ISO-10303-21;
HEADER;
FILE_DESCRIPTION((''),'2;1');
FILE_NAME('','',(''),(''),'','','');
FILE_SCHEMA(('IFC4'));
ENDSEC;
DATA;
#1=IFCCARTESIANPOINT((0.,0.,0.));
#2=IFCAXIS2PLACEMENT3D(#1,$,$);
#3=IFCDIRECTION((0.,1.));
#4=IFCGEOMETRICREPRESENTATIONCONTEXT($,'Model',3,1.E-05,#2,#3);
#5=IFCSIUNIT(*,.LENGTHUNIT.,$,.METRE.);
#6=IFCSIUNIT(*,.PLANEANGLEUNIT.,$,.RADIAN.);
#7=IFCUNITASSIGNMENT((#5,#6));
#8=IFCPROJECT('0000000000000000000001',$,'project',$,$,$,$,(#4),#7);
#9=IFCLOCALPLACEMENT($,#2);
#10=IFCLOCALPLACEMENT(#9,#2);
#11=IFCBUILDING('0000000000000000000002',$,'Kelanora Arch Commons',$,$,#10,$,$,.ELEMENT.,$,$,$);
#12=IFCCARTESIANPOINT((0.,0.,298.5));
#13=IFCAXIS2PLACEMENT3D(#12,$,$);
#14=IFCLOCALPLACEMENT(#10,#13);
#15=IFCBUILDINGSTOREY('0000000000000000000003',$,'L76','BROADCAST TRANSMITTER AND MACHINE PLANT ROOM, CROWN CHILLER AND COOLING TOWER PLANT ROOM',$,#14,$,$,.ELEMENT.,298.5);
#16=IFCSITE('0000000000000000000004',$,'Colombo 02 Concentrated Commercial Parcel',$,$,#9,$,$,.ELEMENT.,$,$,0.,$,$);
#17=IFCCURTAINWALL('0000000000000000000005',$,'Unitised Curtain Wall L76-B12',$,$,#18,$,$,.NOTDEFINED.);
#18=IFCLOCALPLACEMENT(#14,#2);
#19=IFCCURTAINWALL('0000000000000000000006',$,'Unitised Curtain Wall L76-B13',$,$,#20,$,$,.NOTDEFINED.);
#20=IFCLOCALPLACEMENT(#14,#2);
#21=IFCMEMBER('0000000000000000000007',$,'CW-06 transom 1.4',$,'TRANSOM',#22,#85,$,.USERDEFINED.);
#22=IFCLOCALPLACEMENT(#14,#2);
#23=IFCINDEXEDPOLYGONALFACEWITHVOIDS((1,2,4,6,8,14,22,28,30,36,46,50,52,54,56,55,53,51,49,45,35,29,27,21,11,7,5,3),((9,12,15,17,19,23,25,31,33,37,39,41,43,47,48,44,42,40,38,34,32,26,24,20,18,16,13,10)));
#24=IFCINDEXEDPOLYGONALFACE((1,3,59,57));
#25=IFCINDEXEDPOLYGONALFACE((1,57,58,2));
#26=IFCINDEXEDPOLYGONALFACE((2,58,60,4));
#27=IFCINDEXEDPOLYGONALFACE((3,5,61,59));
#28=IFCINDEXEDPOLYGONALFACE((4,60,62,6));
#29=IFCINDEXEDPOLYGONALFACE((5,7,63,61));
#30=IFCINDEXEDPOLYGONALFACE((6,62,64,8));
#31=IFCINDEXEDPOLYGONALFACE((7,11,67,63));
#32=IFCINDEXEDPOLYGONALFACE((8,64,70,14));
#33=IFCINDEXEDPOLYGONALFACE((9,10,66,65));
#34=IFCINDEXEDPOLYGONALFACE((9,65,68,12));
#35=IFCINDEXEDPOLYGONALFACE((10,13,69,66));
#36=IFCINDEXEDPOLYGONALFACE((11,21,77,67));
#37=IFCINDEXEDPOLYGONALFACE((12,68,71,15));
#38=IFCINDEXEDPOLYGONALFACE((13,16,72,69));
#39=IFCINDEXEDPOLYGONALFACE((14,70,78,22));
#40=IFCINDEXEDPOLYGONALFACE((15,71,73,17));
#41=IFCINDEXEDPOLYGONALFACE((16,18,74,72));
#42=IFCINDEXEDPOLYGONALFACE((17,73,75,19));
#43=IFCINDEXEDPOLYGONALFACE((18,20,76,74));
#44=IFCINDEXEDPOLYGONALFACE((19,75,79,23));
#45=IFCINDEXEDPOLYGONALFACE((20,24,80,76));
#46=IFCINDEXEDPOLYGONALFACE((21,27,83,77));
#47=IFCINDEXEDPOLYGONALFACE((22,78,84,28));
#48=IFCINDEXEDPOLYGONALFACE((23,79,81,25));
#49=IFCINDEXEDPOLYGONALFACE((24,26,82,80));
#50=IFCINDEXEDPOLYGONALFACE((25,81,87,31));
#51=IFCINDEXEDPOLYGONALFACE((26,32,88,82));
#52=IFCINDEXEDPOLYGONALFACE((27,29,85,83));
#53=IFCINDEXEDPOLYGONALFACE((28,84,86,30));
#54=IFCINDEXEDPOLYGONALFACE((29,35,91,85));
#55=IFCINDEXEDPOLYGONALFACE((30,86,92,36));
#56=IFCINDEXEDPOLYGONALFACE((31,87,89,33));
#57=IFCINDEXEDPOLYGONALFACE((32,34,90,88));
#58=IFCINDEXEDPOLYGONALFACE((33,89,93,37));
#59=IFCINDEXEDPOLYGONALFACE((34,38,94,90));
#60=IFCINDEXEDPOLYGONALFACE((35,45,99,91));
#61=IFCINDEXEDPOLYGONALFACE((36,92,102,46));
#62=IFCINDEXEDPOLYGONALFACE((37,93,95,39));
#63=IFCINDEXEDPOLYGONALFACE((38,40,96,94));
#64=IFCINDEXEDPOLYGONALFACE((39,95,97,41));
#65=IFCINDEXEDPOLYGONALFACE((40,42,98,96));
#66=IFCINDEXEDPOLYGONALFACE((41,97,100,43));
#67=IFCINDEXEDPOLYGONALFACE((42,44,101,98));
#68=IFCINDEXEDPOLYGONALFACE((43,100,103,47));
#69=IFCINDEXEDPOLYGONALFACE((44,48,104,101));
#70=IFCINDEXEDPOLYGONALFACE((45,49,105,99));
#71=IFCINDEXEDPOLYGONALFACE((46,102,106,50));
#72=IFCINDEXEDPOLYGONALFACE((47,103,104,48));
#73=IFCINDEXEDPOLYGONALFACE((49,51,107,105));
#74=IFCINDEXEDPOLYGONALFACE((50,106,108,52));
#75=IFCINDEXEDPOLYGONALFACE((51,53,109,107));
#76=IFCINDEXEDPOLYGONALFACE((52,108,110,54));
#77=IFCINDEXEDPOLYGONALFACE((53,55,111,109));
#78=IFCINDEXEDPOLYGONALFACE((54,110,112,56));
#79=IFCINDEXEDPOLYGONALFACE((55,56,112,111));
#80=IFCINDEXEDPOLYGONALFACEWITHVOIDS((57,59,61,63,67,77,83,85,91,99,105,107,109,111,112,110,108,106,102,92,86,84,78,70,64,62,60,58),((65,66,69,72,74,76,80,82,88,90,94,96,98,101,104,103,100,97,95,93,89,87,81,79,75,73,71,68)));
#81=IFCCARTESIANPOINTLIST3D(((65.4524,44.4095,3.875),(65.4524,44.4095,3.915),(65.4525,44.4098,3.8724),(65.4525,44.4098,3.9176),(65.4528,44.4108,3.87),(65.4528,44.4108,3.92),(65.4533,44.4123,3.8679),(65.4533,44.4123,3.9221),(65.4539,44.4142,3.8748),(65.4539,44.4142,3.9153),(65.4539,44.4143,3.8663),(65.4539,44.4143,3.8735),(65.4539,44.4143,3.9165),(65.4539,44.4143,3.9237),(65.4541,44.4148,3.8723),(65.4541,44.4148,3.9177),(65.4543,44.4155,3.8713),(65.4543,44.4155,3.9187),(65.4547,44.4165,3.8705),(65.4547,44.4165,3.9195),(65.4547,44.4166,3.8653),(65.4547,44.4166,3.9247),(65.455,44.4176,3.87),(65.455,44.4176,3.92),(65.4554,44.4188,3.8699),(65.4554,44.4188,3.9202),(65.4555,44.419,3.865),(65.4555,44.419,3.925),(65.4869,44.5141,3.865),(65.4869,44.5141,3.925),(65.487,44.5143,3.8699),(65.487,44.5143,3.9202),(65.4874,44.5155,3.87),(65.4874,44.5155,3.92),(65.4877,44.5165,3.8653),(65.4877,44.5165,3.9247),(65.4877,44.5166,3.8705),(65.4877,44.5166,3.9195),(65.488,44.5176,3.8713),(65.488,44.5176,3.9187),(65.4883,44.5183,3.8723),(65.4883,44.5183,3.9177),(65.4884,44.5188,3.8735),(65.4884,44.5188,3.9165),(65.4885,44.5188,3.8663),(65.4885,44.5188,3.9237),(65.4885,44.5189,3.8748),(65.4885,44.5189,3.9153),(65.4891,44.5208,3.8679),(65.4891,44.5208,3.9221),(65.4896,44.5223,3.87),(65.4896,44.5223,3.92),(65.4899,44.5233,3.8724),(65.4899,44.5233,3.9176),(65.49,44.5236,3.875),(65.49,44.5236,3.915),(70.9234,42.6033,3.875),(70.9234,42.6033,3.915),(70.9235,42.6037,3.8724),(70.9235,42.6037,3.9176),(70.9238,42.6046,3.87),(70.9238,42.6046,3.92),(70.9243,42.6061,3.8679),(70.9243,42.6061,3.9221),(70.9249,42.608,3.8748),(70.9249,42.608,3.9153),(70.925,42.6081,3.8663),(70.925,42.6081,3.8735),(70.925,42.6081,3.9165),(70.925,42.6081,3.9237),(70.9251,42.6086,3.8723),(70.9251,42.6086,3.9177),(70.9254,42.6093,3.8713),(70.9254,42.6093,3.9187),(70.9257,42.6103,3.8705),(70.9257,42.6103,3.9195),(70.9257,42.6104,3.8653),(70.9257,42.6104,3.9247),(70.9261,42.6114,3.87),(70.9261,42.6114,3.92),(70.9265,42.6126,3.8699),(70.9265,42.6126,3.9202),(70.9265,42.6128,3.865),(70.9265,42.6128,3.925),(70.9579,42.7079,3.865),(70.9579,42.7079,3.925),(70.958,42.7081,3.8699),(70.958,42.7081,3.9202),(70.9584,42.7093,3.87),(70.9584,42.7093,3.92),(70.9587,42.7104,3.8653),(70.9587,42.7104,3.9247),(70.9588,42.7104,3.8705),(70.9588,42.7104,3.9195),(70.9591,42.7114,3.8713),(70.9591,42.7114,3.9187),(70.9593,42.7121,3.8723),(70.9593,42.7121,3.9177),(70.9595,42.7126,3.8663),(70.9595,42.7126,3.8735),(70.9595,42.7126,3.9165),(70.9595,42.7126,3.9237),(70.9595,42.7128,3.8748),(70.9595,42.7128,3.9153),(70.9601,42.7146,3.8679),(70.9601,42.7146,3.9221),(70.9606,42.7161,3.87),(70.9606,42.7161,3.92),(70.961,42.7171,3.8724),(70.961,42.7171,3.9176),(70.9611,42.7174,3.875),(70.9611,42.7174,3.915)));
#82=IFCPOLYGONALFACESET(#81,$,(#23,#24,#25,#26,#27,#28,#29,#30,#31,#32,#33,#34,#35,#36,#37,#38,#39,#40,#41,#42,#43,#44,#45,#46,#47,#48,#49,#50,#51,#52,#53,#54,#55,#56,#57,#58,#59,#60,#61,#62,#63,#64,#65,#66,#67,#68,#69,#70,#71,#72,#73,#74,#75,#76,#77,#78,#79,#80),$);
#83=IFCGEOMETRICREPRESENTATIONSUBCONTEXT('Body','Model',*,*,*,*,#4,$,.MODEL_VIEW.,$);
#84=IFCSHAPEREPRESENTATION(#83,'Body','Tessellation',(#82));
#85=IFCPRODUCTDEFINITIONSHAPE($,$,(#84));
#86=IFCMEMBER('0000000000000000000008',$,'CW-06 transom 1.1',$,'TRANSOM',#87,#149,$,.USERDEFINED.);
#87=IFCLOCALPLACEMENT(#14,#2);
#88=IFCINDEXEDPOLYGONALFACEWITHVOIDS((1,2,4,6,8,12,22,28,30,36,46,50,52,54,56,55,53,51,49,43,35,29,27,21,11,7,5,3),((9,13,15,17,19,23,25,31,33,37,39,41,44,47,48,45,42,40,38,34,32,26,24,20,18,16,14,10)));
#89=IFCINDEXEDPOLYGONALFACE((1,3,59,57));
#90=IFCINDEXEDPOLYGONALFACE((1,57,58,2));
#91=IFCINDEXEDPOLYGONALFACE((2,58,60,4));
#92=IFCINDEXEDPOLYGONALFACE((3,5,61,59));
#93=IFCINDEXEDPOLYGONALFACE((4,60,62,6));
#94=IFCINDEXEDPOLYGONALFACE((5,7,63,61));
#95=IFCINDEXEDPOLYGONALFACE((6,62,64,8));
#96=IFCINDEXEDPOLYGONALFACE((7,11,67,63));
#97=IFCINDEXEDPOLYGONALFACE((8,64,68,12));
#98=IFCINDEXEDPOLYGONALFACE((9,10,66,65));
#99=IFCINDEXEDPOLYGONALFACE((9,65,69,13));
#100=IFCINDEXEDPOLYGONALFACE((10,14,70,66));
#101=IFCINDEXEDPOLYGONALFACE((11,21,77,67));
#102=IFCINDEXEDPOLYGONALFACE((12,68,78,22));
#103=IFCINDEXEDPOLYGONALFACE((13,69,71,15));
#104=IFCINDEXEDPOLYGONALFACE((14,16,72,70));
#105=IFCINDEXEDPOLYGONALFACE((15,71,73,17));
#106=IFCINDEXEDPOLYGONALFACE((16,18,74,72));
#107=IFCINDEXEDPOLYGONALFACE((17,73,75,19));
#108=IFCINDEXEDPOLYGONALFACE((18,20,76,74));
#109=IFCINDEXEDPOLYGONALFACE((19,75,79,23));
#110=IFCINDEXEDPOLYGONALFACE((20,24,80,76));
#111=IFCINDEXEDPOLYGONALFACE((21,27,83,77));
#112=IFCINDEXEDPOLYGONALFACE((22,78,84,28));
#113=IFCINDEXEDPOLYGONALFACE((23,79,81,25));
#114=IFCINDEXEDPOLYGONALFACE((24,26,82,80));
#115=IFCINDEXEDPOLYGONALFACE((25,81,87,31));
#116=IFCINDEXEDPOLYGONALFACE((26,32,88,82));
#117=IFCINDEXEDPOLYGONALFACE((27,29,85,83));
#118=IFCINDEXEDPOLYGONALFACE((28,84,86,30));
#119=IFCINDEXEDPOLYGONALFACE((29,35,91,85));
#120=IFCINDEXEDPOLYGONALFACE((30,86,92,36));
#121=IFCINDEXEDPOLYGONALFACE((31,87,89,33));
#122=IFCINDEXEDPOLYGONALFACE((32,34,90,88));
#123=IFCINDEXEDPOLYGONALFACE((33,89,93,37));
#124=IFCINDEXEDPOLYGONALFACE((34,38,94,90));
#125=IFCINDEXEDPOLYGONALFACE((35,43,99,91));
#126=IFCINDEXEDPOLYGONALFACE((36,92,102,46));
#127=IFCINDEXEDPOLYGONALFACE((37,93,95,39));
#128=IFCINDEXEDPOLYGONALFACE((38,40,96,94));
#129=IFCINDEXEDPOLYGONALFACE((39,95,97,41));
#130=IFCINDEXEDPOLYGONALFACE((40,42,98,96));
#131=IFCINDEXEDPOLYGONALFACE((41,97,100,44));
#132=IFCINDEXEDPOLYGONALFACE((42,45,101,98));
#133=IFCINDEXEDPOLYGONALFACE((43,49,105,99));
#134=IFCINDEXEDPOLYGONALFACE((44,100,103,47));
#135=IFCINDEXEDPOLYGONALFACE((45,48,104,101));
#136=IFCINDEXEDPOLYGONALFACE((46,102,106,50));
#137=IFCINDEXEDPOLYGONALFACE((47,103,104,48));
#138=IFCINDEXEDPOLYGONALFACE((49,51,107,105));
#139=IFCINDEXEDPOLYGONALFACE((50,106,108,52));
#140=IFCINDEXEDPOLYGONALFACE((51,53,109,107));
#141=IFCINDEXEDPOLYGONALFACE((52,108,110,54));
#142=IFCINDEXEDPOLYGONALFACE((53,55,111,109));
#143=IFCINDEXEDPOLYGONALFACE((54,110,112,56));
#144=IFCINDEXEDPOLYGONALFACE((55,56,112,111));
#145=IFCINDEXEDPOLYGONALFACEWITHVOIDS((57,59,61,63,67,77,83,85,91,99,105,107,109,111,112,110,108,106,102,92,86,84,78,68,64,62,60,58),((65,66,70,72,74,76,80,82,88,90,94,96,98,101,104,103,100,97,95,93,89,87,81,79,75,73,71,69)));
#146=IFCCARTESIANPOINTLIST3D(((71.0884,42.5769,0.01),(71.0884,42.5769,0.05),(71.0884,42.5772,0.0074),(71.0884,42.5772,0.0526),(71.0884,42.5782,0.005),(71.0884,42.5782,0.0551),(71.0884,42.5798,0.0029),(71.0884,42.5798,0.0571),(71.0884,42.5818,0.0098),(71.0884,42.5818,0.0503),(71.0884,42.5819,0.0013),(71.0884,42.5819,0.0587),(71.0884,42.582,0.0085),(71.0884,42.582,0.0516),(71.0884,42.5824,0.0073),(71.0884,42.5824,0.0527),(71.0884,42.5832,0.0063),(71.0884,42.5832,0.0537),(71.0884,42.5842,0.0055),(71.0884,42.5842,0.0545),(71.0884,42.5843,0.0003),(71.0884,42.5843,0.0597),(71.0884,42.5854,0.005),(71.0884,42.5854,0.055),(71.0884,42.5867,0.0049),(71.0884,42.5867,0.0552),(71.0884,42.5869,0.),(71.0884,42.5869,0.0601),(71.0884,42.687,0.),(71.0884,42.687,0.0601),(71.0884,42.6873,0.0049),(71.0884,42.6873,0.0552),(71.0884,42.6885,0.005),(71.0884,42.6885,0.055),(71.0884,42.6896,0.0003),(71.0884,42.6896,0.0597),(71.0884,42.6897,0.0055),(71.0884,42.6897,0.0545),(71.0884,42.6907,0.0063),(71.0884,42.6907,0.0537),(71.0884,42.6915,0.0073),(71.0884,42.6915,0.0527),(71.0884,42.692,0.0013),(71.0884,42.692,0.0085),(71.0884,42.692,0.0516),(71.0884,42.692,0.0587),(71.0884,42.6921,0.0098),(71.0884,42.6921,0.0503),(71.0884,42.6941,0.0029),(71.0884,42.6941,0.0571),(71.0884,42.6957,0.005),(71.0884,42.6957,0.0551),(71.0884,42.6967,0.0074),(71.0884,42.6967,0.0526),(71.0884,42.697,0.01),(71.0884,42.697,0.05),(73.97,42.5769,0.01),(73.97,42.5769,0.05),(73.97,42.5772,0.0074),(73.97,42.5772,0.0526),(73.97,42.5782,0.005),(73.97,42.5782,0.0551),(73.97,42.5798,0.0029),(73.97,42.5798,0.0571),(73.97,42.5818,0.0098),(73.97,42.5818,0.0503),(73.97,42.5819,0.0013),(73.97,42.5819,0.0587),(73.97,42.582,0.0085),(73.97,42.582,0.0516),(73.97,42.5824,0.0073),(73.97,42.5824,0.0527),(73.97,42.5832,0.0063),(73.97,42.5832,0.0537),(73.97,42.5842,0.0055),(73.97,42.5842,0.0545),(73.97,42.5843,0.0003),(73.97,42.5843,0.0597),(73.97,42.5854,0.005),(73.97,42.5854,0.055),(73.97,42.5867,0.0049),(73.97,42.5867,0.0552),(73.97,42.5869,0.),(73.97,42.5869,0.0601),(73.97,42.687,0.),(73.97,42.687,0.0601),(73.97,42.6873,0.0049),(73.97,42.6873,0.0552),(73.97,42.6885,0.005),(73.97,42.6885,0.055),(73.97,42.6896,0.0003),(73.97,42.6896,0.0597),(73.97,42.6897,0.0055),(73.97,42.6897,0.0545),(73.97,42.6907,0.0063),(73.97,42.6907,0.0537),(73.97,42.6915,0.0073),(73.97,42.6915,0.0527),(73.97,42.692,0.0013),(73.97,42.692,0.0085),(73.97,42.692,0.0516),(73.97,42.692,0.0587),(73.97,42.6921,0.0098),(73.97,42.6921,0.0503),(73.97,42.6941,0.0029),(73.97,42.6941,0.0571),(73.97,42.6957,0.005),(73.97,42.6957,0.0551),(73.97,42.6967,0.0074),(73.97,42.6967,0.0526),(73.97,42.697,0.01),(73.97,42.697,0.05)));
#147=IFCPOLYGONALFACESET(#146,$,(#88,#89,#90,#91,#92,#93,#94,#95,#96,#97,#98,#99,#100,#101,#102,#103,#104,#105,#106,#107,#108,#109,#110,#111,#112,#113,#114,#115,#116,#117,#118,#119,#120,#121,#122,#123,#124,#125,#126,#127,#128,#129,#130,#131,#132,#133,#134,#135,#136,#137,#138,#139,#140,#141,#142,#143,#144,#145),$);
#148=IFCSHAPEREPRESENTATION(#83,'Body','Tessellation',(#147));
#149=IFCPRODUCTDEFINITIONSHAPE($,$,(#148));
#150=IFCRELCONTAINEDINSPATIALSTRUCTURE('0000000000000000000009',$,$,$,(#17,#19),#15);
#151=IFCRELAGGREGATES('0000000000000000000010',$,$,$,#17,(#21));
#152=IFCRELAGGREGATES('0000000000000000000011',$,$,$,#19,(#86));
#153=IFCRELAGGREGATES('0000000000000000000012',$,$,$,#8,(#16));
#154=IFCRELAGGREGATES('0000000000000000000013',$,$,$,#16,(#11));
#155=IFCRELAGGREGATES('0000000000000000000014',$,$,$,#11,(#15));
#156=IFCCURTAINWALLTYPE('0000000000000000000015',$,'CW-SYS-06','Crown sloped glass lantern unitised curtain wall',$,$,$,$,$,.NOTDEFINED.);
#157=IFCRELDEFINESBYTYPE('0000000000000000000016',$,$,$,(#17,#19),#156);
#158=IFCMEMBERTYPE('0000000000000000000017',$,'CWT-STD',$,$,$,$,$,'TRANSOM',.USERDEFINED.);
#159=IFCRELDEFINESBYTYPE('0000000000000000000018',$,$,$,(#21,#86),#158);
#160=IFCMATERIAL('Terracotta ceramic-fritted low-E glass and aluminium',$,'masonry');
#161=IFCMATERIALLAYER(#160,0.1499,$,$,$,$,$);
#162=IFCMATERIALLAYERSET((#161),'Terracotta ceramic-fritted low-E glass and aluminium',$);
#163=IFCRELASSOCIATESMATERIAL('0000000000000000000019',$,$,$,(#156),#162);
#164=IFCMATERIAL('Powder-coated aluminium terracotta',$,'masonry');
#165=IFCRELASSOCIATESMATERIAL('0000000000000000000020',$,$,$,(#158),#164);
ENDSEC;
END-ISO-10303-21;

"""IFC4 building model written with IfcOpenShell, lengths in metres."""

from ifc_helpers import new_model, si_unit, direction, frame, origin, origin_2d, place, context, subcontext, project, spatial, hollow_rectangle, extrude, material, layer, layer_set, material_profile, profile_set, type_object, element, aggregate, save


model = new_model("IFC4")

# Units and contexts
model_context = context("Model", 3, precision=1e-05, world=origin(), true_north=direction((0.0, 1.0)))
body_context = subcontext(model_context, "Body", "Model", "MODEL_VIEW")
ifc_project = project(units=[si_unit("LENGTHUNIT", "METRE"), si_unit("PLANEANGLEUNIT", "RADIAN")], contexts=[model_context])

# Site, building, storey
site_placement = place(None, origin())
site = spatial("IfcSite", under=ifc_project, at=site_placement, Name="Colombo 02 Concentrated Commercial Parcel", CompositionType="ELEMENT", RefElevation=0.0)
building_placement = place(site_placement, origin())
building = spatial("IfcBuilding", under=site, at=building_placement, Name="Kelanora Arch Commons", CompositionType="ELEMENT")
storey_placement = place(building_placement, frame((0.0, 0.0, 298.5)))
storey = spatial("IfcBuildingStorey", under=building, at=storey_placement, Name="L76", Description="BROADCAST TRANSMITTER AND MACHINE PLANT ROOM, CROWN CHILLER AND COOLING TOWER PLANT ROOM", CompositionType="ELEMENT", Elevation=298.5)

# Curtain walls
ifc_material_1 = material(Name="Terracotta ceramic-fritted low-E glass and aluminium", Category="masonry")
ifc_layer_1 = layer(ifc_material_1, 0.1499)
ifc_layer_set_1 = layer_set([ifc_layer_1], Name="Terracotta ceramic-fritted low-E glass and aluminium")
curtain_wall_type = type_object("IfcCurtainWallType", Name="CW-SYS-06", Description="Crown sloped glass lantern unitised curtain wall", PredefinedType="NOTDEFINED", material=ifc_layer_set_1)
curtain_wall_1_placement = place(storey_placement, origin())
curtain_wall_1 = element("IfcCurtainWall", 1, at=curtain_wall_1_placement, inside=storey, type_object=curtain_wall_type, Name="Unitised Curtain Wall L76-B12", PredefinedType="NOTDEFINED")
ifc_material_2 = material(Name="Powder-coated aluminium terracotta", Category="masonry")
curtain_wall_2_placement = place(storey_placement, origin())
curtain_wall_2 = element("IfcCurtainWall", 2, at=curtain_wall_2_placement, inside=storey, type_object=curtain_wall_type, Name="Unitised Curtain Wall L76-B13", PredefinedType="NOTDEFINED")

# Members
ifc_material_profile_1 = material_profile(ifc_material_2, hollow_rectangle(XDim=0.1201, YDim=0.0601, WallThickness=0.0049, InnerFilletRadius=0.0049, OuterFilletRadius=0.01, at=origin_2d()), Name="CWT120x60")
ifc_profile_set_1 = profile_set([ifc_material_profile_1], Name="Powder-coated aluminium terracotta")
member_type_1 = type_object("IfcMemberType", Name="CWT-STD", ElementType="TRANSOM", PredefinedType="USERDEFINED", material=ifc_profile_set_1)
member_1_placement = place(storey_placement, frame((65.4712, 44.4666, 3.895), z_axis=(0.94959, -0.313493, 0.0), x_axis=(0.313493, 0.94959, 0.0)))
member_1 = element("IfcMember", 3, at=member_1_placement, type_object=member_type_1, Name="CW-06 transom 1.4", ObjectType="TRANSOM", PredefinedType="USERDEFINED", context=body_context, shape_type="SweptSolid", body=[
    extrude(hollow_rectangle(XDim=0.1201, YDim=0.0601, WallThickness=0.0049, InnerFilletRadius=0.0049, OuterFilletRadius=0.01, at=origin_2d()), origin(), (0.0, 0.0, 1.0), 5.7615),
])
member_2_placement = place(storey_placement, frame((71.0884, 42.637, 0.03), z_axis=(1.0, 0.0, 0.0), x_axis=(0.0, 1.0, 0.0)))
member_2 = element("IfcMember", 4, at=member_2_placement, type_object=member_type_1, Name="CW-06 transom 1.1", ObjectType="TRANSOM", PredefinedType="USERDEFINED", context=body_context, shape_type="SweptSolid", body=[
    extrude(hollow_rectangle(XDim=0.1201, YDim=0.0601, WallThickness=0.0049, InnerFilletRadius=0.0049, OuterFilletRadius=0.01, at=origin_2d()), origin(), (0.0, 0.0, 1.0), 2.8816),
])

aggregate(curtain_wall_1, [member_1])
aggregate(curtain_wall_2, [member_2])

save(model, "model.ifc")
